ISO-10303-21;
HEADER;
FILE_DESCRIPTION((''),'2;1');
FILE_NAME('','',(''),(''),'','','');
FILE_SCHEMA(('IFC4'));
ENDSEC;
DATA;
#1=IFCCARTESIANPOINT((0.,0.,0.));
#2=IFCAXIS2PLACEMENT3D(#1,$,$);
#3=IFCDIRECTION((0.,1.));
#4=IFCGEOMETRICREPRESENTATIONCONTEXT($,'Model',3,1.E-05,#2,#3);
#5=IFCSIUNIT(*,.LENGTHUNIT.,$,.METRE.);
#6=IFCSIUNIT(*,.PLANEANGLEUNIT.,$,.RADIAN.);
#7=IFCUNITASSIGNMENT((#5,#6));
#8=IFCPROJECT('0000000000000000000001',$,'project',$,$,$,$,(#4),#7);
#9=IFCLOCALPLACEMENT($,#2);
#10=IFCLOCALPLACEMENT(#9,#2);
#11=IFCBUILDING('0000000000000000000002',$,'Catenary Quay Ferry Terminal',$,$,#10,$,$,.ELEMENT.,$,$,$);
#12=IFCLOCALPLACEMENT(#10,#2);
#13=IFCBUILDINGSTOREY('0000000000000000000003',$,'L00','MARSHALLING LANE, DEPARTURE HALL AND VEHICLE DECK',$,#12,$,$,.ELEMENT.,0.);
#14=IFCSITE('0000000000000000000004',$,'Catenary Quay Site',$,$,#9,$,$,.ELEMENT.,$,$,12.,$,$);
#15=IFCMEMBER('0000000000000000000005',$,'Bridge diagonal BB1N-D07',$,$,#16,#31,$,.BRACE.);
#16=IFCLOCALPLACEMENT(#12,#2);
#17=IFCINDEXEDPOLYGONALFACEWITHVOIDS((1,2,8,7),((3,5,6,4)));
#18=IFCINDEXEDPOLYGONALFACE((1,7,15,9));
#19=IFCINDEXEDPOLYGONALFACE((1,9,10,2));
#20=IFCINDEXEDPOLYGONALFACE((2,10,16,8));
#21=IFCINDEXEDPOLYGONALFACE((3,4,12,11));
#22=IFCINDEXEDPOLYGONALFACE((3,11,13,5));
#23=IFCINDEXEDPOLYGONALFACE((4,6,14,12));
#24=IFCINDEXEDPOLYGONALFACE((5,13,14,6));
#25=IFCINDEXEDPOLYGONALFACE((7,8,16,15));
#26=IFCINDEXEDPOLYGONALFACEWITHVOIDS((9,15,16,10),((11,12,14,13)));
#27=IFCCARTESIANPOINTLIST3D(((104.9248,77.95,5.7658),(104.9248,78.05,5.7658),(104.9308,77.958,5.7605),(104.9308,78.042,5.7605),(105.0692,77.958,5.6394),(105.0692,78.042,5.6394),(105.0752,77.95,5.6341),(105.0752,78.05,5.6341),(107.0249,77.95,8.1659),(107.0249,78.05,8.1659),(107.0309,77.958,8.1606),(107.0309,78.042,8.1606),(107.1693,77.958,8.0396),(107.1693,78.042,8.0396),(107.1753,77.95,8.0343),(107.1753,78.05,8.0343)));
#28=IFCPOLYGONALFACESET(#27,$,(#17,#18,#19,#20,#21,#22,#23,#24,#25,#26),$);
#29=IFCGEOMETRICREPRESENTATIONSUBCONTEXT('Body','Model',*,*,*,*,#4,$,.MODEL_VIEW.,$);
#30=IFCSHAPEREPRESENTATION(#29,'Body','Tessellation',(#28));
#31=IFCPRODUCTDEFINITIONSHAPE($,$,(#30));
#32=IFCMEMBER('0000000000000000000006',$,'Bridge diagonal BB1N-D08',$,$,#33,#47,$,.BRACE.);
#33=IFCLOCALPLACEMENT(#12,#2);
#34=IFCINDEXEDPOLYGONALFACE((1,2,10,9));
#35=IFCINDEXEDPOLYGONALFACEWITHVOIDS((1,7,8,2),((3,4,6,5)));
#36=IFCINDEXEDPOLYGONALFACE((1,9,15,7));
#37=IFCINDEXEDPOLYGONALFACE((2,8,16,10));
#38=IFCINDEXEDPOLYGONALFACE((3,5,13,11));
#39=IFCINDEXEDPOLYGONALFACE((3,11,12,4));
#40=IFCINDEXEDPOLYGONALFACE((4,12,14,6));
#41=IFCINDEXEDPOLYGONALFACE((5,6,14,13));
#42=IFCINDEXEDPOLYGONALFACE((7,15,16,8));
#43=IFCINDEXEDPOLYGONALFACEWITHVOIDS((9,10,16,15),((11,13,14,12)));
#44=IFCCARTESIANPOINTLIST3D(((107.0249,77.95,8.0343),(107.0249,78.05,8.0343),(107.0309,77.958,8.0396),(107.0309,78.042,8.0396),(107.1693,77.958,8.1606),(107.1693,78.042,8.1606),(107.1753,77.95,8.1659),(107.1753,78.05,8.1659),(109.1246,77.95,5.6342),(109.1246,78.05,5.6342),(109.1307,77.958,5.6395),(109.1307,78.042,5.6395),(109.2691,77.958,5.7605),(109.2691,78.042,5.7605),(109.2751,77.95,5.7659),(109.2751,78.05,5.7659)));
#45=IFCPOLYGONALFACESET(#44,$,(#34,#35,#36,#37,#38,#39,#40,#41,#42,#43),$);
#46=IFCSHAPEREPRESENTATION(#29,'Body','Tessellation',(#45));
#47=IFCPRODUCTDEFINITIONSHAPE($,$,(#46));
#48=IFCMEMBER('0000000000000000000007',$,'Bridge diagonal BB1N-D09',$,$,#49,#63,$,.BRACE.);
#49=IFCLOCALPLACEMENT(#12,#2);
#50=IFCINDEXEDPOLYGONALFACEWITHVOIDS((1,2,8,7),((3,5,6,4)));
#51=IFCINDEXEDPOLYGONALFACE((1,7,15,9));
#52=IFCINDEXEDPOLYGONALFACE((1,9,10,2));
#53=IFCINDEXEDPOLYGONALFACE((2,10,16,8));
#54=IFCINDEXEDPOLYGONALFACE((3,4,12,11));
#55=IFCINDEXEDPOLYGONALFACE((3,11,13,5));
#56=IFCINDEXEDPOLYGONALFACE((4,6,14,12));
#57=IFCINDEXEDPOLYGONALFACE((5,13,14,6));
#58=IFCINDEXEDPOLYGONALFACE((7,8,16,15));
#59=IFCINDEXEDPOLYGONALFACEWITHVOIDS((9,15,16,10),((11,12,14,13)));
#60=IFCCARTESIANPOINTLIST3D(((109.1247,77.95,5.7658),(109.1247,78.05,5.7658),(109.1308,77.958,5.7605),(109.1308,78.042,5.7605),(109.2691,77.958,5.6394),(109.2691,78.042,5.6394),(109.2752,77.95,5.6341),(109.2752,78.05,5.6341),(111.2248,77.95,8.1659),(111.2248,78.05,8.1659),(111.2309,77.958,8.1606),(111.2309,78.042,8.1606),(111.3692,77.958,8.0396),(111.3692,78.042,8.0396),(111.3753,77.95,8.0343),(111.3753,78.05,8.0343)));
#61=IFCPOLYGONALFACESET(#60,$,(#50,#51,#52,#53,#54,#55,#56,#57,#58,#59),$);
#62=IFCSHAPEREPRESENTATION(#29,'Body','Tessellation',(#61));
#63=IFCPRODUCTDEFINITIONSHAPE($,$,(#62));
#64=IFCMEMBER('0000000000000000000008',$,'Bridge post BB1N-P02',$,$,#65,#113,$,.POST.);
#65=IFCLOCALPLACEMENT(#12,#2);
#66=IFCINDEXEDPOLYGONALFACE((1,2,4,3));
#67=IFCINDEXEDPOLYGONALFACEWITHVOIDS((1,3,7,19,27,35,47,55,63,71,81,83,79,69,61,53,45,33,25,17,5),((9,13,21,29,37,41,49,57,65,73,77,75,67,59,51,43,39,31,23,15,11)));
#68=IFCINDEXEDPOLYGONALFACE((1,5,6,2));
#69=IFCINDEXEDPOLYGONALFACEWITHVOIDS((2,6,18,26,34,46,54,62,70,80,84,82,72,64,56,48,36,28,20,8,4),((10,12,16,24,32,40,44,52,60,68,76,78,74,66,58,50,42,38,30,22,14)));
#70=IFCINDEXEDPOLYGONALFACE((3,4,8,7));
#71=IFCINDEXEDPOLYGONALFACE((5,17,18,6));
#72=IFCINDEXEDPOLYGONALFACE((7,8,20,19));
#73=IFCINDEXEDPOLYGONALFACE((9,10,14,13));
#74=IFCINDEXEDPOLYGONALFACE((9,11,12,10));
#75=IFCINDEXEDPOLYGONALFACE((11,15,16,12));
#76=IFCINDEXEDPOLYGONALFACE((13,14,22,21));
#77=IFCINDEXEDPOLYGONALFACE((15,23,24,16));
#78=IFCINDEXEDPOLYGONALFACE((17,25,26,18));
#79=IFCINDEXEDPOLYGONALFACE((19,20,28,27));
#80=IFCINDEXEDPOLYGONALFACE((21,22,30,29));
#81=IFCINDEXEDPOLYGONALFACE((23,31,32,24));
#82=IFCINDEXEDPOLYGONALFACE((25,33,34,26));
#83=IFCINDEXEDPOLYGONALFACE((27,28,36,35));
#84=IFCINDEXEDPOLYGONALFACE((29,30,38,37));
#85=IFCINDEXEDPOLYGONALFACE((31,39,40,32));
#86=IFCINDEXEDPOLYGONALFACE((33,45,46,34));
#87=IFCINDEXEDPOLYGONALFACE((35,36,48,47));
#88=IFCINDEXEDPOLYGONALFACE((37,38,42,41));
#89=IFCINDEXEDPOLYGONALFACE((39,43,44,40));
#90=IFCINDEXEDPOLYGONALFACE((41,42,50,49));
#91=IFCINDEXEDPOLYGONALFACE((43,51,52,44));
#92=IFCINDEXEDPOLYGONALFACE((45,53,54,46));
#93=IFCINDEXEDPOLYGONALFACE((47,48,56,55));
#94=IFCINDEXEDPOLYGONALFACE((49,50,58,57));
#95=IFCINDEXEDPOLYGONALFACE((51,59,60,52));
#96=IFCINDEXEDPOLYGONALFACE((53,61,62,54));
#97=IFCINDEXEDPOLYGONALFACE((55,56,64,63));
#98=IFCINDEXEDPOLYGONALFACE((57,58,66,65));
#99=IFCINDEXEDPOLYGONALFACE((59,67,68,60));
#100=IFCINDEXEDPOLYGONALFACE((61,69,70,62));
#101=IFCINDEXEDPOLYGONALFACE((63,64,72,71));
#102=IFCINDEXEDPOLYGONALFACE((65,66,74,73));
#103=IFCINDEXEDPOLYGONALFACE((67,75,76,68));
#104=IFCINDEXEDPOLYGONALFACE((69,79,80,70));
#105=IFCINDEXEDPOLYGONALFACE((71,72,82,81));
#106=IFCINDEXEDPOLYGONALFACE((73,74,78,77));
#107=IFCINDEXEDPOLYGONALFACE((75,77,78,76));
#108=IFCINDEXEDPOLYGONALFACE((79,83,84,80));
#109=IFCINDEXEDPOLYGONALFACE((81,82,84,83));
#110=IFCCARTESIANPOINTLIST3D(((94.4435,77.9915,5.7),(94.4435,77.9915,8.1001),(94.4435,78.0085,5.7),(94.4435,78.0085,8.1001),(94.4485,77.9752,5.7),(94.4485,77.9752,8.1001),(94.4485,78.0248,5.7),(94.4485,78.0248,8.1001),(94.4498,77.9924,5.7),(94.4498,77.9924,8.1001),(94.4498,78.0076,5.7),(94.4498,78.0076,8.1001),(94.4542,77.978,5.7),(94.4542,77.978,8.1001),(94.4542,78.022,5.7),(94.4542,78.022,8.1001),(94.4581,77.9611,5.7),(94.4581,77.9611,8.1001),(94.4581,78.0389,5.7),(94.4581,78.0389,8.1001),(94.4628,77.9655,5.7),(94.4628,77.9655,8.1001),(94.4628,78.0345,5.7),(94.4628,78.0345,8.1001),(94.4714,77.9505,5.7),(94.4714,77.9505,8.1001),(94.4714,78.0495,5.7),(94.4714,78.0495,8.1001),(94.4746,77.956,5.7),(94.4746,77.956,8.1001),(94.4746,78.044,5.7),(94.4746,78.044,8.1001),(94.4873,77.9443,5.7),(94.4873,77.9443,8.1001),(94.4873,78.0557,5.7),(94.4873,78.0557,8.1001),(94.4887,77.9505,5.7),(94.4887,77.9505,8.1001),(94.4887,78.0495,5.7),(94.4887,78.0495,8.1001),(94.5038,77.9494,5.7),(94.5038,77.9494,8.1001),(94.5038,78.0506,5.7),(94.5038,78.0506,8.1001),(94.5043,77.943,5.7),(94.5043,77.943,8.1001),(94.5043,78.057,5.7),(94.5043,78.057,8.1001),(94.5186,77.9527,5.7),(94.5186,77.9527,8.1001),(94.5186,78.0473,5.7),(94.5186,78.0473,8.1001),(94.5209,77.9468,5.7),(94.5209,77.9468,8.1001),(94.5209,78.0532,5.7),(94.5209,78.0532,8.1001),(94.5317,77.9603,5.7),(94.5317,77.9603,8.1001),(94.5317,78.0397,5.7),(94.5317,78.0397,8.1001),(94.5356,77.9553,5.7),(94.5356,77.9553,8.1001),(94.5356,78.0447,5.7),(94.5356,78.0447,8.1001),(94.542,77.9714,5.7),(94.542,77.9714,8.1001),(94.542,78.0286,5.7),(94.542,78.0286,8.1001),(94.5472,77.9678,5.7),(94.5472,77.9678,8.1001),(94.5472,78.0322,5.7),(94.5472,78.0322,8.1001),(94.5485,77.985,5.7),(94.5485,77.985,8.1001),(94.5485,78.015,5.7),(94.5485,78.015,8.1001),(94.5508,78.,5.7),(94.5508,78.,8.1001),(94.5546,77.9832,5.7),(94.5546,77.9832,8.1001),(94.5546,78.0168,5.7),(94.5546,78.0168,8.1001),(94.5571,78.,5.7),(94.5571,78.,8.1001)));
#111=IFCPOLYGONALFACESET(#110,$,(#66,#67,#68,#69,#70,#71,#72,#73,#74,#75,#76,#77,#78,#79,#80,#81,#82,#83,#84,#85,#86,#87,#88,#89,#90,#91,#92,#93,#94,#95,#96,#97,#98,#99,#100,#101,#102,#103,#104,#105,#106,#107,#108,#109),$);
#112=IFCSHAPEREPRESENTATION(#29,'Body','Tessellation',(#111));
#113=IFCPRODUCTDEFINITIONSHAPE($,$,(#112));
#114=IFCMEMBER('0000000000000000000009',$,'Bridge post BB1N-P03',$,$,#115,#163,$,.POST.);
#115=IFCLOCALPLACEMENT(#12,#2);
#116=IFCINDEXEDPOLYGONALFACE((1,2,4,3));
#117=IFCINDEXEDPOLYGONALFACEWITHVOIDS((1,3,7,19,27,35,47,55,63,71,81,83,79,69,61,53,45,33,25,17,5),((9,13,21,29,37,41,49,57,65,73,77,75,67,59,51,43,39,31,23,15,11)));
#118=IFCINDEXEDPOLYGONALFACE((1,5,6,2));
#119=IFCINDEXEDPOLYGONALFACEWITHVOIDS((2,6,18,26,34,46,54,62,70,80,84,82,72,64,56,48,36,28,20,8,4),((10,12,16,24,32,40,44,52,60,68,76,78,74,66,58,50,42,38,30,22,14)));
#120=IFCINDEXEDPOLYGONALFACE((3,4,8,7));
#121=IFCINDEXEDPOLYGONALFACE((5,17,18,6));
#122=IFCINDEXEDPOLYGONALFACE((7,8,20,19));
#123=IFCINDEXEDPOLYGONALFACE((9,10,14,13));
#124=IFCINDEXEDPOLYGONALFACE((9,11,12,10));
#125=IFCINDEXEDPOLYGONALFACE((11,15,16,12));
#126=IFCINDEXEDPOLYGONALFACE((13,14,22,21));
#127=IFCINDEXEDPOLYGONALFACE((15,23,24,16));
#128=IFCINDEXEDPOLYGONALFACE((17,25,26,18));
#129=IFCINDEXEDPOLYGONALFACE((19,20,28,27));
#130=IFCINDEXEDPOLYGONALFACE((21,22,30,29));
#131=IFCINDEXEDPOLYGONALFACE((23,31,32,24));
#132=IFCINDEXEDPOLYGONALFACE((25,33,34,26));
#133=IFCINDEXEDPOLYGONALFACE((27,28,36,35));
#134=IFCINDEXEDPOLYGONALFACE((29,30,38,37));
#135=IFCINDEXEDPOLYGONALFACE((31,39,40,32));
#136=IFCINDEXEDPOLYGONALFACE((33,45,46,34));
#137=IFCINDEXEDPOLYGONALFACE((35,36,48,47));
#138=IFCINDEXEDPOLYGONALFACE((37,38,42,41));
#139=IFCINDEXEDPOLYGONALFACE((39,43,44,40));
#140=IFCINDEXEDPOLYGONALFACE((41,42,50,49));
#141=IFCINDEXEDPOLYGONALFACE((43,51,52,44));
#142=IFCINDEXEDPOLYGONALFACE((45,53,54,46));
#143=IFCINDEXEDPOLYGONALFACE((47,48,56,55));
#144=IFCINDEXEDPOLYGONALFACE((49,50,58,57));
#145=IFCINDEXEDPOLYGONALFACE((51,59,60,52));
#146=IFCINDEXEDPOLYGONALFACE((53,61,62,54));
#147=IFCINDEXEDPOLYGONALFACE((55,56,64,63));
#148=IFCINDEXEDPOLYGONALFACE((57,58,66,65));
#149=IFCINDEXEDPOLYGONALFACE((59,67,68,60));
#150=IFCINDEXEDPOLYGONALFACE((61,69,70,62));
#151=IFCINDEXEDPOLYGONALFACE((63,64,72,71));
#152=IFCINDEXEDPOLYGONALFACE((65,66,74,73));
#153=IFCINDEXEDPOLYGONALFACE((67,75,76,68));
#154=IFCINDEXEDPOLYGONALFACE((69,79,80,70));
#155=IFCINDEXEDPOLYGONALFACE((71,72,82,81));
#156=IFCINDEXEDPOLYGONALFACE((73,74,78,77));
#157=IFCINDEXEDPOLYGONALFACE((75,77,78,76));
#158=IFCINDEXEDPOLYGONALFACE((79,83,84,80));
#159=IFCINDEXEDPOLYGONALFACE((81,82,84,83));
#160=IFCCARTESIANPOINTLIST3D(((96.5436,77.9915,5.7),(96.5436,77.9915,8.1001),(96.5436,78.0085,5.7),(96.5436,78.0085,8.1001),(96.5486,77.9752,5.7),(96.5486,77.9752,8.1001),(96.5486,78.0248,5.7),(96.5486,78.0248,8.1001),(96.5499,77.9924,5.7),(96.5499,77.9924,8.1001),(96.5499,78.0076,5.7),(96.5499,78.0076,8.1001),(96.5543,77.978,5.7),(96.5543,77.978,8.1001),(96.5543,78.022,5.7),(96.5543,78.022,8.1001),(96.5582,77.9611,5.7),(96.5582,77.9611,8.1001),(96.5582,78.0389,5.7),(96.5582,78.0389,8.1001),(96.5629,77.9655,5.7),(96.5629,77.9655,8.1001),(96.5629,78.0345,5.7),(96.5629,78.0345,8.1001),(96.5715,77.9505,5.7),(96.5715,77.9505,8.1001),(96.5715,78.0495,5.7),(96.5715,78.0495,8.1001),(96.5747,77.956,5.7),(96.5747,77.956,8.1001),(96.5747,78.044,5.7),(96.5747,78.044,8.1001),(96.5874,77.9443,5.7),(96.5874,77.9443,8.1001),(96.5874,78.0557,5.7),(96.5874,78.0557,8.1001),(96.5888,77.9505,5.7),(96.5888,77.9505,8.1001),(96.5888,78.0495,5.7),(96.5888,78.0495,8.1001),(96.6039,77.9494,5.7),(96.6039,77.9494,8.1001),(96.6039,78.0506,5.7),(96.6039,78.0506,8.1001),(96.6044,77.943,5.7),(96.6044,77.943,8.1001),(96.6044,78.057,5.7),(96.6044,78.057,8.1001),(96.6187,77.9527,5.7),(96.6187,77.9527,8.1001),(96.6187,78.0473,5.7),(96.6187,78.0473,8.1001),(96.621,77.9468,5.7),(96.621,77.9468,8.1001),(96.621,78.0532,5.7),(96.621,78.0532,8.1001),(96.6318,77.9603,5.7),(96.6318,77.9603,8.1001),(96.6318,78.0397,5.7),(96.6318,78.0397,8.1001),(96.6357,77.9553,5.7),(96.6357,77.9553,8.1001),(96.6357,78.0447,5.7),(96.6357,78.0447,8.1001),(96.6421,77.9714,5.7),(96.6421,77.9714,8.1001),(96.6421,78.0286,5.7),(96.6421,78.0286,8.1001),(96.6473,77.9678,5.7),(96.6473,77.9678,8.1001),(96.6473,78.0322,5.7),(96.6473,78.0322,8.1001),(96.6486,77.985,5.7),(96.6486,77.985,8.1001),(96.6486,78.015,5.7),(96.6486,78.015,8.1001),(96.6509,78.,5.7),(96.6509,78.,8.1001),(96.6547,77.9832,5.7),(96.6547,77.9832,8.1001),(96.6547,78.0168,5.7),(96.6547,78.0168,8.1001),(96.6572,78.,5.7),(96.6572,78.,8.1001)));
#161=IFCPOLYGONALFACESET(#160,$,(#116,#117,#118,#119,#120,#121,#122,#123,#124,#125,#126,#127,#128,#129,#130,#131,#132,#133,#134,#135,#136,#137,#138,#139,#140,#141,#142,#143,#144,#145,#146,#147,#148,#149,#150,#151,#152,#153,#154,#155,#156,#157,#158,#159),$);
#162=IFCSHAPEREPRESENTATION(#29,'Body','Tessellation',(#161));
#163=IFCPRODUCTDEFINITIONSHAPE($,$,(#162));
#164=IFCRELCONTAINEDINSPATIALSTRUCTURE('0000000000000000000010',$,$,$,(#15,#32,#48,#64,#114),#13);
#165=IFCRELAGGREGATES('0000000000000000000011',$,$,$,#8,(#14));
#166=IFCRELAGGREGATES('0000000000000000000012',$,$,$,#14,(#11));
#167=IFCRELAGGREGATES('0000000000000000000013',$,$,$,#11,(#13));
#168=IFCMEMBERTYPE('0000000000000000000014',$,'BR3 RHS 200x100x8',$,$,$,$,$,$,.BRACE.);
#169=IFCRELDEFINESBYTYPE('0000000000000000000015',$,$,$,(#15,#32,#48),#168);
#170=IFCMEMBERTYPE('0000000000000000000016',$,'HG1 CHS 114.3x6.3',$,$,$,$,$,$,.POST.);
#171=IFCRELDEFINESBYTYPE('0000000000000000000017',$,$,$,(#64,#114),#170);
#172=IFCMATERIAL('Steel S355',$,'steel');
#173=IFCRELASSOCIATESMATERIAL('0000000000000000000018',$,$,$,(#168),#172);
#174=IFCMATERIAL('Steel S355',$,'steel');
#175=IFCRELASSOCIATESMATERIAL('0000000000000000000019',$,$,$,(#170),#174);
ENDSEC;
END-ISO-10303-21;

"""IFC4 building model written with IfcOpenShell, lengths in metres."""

from ifc_helpers import new_model, si_unit, direction, frame, origin, origin_2d, place, context, subcontext, project, spatial, hollow_rectangle, hollow_circle, extrude, material, material_profile, profile_set, type_object, element, save


model = new_model("IFC4")

# Units and contexts
model_context = context("Model", 3, precision=1e-05, world=origin(), true_north=direction((0.0, 1.0)))
body_context = subcontext(model_context, "Body", "Model", "MODEL_VIEW")
ifc_project = project(units=[si_unit("LENGTHUNIT", "METRE"), si_unit("PLANEANGLEUNIT", "RADIAN")], contexts=[model_context])

# Site, building, storey
site_placement = place(None, origin())
site = spatial("IfcSite", under=ifc_project, at=site_placement, Name="Catenary Quay Site", CompositionType="ELEMENT", RefElevation=12.0)
building_placement = place(site_placement, origin())
building = spatial("IfcBuilding", under=site, at=building_placement, Name="Catenary Quay Ferry Terminal", CompositionType="ELEMENT")
storey_placement = place(building_placement, origin())
storey = spatial("IfcBuildingStorey", under=building, at=storey_placement, Name="L00", Description="MARSHALLING LANE, DEPARTURE HALL AND VEHICLE DECK", CompositionType="ELEMENT", Elevation=0.0)

# Members
ifc_material_1 = material(Name="Steel S355", Category="steel")
ifc_material_profile_1 = material_profile(ifc_material_1, hollow_rectangle(XDim=0.1001, YDim=0.2, WallThickness=0.0081, at=origin_2d()), Name="RHS 200x100x8")
ifc_profile_set_1 = profile_set([ifc_material_profile_1], Name="Steel S355")
member_type_1 = type_object("IfcMemberType", Name="BR3 RHS 200x100x8", PredefinedType="BRACE", material=ifc_profile_set_1)
for number, where, z_axis, x_axis, name in (
    (1, (105.0, 78.0, 5.7), (0.658499, 0.0, 0.752581), (0.0, 1.0, 0.0), "Bridge diagonal BB1N-D07"),
):
    element("IfcMember", number, at=place(storey_placement, frame(where, z_axis=z_axis, x_axis=x_axis)), inside=storey, type_object=member_type_1, Name=name, PredefinedType="BRACE", context=body_context, shape_type="SweptSolid", body=[
        extrude(hollow_rectangle(XDim=0.1001, YDim=0.2, WallThickness=0.0081, at=origin_2d()), origin(), (0.0, 0.0, 1.0), 3.1892),
    ])
member_1_placement = place(storey_placement, frame((107.1001, 78.0, 8.1001), z_axis=(0.658456, 0.0, -0.752619), x_axis=(0.0, 1.0, 0.0)))
element("IfcMember", 2, at=member_1_placement, inside=storey, type_object=member_type_1, Name="Bridge diagonal BB1N-D08", PredefinedType="BRACE", context=body_context, shape_type="SweptSolid", body=[
    extrude(hollow_rectangle(XDim=0.1001, YDim=0.2, WallThickness=0.0081, at=origin_2d()), origin(), (0.0, 0.0, 1.0), 3.189),
])
member_2_placement = place(storey_placement, frame((109.2, 78.0, 5.7), z_axis=(0.658499, 0.0, 0.752581), x_axis=(0.0, 1.0, 0.0)))
element("IfcMember", 3, at=member_2_placement, inside=storey, type_object=member_type_1, Name="Bridge diagonal BB1N-D09", PredefinedType="BRACE", context=body_context, shape_type="SweptSolid", body=[
    extrude(hollow_rectangle(XDim=0.1001, YDim=0.2, WallThickness=0.0081, at=origin_2d()), origin(), (0.0, 0.0, 1.0), 3.1892),
])
ifc_material_2 = material(Name="Steel S355", Category="steel")
ifc_material_profile_2 = material_profile(ifc_material_2, hollow_circle(Radius=0.0571, WallThickness=0.0063, at=origin_2d()), Name="CHS 114.3x6.3")
ifc_profile_set_2 = profile_set([ifc_material_profile_2], Name="Steel S355")
member_type_2 = type_object("IfcMemberType", Name="HG1 CHS 114.3x6.3", PredefinedType="POST", material=ifc_profile_set_2)
for number, where, z_axis, x_axis, name in (
    (4, (94.5, 78.0, 5.7), (0.0, 0.0, 1.0), (1.0, 0.0, 0.0), "Bridge post BB1N-P02"),
    (5, (96.6001, 78.0, 5.7), (0.0, 0.0, 1.0), (1.0, 0.0, 0.0), "Bridge post BB1N-P03"),
):
    element("IfcMember", number, at=place(storey_placement, frame(where, z_axis=z_axis, x_axis=x_axis)), inside=storey, type_object=member_type_2, Name=name, PredefinedType="POST", context=body_context, shape_type="SweptSolid", body=[
        extrude(hollow_circle(Radius=0.0571, WallThickness=0.0063, at=origin_2d()), origin(), (0.0, 0.0, 1.0), 2.4001),
    ])

save(model, "model.ifc")
